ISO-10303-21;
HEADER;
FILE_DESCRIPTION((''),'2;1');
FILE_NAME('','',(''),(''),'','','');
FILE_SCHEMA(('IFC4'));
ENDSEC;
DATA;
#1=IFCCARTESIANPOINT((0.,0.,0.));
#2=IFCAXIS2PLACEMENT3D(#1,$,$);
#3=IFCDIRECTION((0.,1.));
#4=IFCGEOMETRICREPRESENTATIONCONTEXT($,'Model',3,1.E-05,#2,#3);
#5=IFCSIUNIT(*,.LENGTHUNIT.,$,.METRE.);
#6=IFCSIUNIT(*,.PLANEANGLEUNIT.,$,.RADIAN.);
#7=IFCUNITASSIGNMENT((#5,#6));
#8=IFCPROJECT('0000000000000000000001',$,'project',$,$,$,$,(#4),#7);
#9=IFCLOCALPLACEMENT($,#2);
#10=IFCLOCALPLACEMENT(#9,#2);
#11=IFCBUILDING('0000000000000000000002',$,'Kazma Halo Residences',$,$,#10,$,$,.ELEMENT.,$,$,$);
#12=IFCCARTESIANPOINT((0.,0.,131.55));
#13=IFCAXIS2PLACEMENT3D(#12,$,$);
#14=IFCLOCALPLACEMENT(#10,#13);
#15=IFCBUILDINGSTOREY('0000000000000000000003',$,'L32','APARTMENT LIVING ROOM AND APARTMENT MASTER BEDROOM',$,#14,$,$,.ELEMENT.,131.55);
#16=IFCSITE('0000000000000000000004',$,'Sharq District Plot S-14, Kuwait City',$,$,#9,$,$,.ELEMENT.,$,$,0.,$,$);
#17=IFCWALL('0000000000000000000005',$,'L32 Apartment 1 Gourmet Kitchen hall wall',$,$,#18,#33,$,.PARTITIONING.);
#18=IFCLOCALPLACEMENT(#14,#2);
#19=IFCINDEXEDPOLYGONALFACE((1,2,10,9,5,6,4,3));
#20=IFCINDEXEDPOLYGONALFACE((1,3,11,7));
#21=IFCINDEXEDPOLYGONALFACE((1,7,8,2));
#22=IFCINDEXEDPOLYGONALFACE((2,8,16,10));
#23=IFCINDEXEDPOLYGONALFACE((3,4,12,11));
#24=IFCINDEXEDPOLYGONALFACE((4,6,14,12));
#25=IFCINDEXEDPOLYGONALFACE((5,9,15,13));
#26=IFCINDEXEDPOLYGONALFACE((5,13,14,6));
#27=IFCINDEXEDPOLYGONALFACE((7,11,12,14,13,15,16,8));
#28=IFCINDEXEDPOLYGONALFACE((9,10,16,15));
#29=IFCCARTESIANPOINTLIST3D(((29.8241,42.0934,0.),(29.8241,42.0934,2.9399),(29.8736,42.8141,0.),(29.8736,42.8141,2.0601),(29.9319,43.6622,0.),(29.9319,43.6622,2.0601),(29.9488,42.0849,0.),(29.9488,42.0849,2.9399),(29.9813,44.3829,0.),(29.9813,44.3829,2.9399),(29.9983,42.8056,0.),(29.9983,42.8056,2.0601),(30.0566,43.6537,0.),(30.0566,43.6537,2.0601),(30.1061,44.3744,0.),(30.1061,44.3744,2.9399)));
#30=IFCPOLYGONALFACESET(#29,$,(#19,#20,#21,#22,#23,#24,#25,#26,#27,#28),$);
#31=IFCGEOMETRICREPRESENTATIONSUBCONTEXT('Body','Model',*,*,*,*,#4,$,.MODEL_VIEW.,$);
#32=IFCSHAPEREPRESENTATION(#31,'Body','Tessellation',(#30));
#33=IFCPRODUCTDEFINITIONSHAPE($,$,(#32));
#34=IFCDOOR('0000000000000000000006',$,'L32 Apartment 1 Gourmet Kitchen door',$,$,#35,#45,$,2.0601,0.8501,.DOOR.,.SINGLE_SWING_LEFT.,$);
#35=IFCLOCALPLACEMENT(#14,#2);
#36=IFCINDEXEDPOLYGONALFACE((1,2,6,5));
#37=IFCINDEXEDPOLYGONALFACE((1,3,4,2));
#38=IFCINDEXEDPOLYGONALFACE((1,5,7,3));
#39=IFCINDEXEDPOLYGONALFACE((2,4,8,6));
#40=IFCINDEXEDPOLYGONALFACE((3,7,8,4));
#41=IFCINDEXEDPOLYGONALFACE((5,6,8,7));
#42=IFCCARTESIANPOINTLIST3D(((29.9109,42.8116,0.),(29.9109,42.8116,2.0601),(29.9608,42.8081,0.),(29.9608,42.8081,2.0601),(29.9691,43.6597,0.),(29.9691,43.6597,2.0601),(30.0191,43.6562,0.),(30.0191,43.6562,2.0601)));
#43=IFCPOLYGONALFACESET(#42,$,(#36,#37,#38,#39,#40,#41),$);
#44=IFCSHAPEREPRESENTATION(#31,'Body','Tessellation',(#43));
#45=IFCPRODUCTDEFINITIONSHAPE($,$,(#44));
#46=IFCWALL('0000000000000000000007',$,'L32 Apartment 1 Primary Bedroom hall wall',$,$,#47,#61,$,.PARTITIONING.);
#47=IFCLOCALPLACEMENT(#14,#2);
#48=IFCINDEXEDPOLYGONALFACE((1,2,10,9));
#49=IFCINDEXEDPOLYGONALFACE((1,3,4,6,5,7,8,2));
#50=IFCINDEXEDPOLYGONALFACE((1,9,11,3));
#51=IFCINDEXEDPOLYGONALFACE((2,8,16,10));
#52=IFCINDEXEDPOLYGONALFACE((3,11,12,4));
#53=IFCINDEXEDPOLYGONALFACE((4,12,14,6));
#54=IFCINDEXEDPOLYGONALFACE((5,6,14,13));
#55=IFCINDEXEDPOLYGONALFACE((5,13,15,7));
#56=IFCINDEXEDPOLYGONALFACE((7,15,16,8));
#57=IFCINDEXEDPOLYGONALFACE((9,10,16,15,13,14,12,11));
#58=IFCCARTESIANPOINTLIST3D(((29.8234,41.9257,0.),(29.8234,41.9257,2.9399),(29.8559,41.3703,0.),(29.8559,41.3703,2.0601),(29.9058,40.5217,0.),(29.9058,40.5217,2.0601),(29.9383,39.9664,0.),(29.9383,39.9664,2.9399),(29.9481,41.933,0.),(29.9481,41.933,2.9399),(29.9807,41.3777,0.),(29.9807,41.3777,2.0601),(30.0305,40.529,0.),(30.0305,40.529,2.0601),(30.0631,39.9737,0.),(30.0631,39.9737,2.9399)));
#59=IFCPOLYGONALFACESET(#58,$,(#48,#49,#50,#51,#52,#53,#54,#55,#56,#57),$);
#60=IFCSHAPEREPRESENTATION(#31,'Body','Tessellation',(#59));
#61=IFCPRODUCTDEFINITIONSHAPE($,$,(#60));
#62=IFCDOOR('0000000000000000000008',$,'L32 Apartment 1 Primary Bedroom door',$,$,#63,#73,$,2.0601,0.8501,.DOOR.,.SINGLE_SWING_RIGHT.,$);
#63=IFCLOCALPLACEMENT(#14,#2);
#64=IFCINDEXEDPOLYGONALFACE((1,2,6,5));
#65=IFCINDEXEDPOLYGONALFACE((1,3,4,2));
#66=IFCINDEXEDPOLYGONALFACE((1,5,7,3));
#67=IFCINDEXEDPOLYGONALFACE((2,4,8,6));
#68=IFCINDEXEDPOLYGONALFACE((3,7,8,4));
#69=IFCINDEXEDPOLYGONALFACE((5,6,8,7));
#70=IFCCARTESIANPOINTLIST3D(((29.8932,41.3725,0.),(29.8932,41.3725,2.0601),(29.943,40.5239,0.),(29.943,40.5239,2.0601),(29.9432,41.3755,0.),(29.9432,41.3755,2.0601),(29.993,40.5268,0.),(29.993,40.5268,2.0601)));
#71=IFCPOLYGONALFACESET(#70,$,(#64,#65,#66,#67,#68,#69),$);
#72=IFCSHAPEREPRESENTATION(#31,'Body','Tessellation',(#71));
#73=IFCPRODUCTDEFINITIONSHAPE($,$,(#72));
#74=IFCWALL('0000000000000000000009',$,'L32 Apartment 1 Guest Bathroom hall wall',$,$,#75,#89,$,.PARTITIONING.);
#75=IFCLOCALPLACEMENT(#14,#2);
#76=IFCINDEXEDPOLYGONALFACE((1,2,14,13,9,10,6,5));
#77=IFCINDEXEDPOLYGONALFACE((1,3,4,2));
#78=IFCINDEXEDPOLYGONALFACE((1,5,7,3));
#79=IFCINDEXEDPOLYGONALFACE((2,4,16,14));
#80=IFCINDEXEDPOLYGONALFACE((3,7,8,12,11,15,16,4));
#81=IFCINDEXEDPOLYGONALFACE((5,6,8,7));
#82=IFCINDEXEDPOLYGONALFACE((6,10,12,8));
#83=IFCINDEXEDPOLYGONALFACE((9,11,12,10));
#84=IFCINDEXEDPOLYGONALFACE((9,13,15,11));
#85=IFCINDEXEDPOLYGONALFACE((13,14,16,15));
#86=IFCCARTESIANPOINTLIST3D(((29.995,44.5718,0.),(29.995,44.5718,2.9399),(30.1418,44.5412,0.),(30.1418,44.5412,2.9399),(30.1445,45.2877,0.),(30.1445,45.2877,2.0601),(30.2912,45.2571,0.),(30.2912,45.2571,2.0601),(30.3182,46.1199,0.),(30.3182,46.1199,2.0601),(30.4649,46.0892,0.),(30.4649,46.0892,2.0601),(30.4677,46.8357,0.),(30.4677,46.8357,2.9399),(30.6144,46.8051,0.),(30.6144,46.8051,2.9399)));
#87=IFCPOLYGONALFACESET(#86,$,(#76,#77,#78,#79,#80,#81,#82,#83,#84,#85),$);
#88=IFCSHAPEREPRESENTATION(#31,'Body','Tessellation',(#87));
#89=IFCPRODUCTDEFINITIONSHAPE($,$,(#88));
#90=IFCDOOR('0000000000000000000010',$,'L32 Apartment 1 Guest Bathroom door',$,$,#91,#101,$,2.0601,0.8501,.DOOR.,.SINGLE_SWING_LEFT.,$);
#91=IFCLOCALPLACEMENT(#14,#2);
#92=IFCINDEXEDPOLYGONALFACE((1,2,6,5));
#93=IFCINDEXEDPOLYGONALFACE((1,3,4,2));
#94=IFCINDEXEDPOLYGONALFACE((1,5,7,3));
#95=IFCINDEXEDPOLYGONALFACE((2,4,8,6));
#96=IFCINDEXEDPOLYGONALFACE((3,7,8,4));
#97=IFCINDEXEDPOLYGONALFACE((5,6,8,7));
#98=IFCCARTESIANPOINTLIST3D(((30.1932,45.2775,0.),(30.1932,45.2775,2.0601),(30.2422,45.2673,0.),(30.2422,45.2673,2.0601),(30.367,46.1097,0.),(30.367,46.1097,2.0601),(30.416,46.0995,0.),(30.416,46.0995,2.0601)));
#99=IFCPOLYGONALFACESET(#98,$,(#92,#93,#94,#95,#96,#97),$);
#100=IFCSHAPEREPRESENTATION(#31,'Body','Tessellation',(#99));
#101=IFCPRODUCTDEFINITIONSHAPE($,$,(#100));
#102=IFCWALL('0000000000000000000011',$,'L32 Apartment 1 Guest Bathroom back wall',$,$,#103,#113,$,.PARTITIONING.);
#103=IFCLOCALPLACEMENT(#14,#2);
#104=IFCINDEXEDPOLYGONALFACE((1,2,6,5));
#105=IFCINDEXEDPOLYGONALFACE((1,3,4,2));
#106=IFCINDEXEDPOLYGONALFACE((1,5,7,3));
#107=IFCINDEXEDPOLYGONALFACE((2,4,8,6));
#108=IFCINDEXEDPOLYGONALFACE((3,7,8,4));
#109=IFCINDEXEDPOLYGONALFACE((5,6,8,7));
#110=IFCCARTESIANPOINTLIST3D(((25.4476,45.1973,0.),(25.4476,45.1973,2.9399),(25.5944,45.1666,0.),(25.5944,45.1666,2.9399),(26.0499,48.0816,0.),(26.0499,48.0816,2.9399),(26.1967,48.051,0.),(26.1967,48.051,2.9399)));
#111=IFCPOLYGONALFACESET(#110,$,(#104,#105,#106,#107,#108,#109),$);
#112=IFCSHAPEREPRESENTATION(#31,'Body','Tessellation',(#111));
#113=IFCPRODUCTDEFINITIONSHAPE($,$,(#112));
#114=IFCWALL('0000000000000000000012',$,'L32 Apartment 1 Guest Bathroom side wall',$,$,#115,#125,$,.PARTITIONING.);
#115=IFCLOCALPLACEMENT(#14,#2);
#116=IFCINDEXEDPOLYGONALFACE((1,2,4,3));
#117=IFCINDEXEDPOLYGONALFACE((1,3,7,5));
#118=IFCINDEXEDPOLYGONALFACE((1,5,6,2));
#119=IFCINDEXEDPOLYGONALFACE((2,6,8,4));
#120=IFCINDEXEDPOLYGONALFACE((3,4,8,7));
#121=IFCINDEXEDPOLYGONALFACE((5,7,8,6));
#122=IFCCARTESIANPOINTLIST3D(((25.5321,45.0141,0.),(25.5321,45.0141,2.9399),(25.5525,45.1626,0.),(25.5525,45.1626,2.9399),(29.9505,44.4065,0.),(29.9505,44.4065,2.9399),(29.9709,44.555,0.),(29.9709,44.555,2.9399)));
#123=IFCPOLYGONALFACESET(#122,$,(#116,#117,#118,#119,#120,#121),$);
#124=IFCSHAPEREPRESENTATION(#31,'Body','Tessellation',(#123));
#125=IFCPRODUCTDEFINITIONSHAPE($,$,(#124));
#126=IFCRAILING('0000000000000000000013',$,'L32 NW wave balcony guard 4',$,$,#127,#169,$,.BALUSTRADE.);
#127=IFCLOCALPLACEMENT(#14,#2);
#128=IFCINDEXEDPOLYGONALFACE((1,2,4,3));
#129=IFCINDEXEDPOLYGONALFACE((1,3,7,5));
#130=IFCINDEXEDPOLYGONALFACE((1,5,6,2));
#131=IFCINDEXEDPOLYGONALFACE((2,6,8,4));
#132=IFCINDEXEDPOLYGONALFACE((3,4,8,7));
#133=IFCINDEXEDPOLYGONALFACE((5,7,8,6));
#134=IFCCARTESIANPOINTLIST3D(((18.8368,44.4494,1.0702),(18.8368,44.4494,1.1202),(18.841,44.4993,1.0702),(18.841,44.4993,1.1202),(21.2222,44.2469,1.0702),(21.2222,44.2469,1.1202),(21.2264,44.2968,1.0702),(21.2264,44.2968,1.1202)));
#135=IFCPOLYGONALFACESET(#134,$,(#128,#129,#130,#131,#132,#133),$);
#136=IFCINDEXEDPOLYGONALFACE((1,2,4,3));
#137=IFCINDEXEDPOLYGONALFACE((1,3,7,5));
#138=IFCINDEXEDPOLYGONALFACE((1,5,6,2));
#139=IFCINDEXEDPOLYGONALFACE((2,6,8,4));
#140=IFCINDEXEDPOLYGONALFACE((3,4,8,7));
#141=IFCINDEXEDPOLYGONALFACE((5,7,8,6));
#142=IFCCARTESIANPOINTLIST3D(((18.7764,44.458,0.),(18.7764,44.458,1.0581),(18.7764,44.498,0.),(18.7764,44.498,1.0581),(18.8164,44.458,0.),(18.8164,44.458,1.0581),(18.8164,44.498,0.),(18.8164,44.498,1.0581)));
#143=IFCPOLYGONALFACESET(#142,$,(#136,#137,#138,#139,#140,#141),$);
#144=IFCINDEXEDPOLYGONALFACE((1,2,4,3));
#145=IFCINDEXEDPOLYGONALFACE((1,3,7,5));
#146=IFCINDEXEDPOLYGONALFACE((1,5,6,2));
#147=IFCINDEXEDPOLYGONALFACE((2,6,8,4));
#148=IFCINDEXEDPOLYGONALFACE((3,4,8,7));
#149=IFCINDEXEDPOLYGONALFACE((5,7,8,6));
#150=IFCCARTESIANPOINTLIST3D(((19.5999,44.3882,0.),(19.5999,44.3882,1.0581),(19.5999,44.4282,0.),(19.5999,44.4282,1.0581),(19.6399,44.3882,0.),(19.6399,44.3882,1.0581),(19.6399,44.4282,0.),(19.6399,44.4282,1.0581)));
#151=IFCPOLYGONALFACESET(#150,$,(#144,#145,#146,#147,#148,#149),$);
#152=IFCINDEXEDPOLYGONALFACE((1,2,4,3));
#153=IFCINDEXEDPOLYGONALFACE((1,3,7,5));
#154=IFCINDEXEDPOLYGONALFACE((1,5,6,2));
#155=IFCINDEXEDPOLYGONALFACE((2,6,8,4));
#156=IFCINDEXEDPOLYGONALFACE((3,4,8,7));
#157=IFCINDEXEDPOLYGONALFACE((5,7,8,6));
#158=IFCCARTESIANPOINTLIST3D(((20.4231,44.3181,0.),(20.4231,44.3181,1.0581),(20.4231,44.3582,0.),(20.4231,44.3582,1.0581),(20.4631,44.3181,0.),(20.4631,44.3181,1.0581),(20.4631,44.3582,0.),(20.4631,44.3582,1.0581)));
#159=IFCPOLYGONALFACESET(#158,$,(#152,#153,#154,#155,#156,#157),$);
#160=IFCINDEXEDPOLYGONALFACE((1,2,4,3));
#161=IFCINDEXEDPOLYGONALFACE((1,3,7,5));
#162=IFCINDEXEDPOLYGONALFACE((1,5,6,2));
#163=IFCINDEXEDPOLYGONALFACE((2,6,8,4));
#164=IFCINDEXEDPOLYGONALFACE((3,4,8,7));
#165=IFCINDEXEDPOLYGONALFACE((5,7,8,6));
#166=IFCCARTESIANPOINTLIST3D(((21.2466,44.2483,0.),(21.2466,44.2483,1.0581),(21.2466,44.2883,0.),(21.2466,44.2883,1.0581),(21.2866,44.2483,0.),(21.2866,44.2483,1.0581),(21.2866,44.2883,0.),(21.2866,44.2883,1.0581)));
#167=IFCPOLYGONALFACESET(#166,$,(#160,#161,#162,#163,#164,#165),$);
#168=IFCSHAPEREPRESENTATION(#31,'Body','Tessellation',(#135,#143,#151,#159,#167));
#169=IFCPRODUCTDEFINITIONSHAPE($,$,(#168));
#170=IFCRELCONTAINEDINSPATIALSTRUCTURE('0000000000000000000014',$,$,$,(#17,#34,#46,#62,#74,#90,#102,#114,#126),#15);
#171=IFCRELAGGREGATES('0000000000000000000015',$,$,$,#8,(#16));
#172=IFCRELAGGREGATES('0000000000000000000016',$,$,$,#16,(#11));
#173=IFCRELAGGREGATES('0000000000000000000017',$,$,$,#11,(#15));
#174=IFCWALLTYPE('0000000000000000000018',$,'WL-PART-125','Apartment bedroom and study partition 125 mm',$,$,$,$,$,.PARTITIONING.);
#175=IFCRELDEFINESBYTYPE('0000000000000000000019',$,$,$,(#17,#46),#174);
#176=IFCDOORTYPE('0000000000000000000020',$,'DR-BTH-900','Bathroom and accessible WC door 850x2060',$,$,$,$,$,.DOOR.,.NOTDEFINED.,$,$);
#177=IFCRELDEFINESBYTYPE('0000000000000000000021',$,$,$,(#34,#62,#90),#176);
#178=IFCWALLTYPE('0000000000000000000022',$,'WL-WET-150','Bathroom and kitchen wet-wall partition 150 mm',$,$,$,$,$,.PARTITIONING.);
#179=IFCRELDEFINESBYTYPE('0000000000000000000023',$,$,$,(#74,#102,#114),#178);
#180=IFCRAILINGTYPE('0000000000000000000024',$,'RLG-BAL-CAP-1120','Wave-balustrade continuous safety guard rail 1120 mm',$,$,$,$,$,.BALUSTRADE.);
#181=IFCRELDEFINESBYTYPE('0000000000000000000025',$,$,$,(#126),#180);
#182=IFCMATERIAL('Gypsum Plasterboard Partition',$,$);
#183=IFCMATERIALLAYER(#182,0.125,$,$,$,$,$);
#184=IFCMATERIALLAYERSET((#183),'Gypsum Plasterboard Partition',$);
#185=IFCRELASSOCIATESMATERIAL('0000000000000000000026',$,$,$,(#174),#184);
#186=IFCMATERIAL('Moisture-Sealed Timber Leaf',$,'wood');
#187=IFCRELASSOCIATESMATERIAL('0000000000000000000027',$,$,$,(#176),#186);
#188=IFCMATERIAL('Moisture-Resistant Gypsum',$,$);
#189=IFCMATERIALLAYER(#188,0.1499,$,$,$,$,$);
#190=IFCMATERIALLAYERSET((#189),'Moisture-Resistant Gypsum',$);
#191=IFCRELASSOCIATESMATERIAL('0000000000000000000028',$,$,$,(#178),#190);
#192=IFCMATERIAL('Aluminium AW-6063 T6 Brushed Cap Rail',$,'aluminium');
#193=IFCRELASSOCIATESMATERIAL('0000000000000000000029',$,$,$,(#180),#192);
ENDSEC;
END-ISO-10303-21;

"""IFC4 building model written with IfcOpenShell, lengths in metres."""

from ifc_helpers import new_model, si_unit, direction, frame, frame_2d, origin, origin_2d, place, context, subcontext, project, spatial, rectangle, extrude, material, layer, layer_set, type_object, element, fill, save


model = new_model("IFC4")

# Units and contexts
model_context = context("Model", 3, precision=1e-05, world=origin(), true_north=direction((0.0, 1.0)))
body_context = subcontext(model_context, "Body", "Model", "MODEL_VIEW")
ifc_project = project(units=[si_unit("LENGTHUNIT", "METRE"), si_unit("PLANEANGLEUNIT", "RADIAN")], contexts=[model_context])

# Site, building, storey
site_placement = place(None, origin())
site = spatial("IfcSite", under=ifc_project, at=site_placement, Name="Sharq District Plot S-14, Kuwait City", CompositionType="ELEMENT", RefElevation=0.0)
building_placement = place(site_placement, origin())
building = spatial("IfcBuilding", under=site, at=building_placement, Name="Kazma Halo Residences", CompositionType="ELEMENT")
storey_placement = place(building_placement, frame((0.0, 0.0, 131.55)))
storey = spatial("IfcBuildingStorey", under=building, at=storey_placement, Name="L32", Description="APARTMENT LIVING ROOM AND APARTMENT MASTER BEDROOM", CompositionType="ELEMENT", Elevation=131.55)

# Shared definitions
ifc_material_1 = material(Name="Gypsum Plasterboard Partition")
ifc_layer_1 = layer(ifc_material_1, 0.125)
ifc_layer_set_1 = layer_set([ifc_layer_1], Name="Gypsum Plasterboard Partition")
wall_type_1 = type_object("IfcWallType", Name="WL-PART-125", Description="Apartment bedroom and study partition 125 mm", PredefinedType="PARTITIONING", material=ifc_layer_set_1)

# Shared definitions
ifc_material_2 = material(Name="Moisture-Sealed Timber Leaf", Category="wood")
door_type = type_object("IfcDoorType", Name="DR-BTH-900", Description="Bathroom and accessible WC door 850x2060", OperationType="NOTDEFINED", PredefinedType="DOOR", material=ifc_material_2)

# Walls, openings, doors
wall_1_placement = place(storey_placement, frame((30.0437, 44.3787, 0.0), z_axis=(0.0, 0.0, 1.0), x_axis=(-0.06851, -0.99765, 0.0)))
wall_1 = element("IfcWall", 1, at=wall_1_placement, inside=storey, type_object=wall_type_1, Name="L32 Apartment 1 Gourmet Kitchen hall wall", PredefinedType="PARTITIONING", context=body_context, shape_type="SweptSolid", body=[
    extrude(rectangle(XDim=2.2949, YDim=0.125, at=frame_2d((1.1475, 0.0))), origin(), (0.0, 0.0, 1.0), 2.9399),
])
opening_1_placement = place(wall_1_placement, frame((0.7224, 0.0, 0.0)))
opening_1 = element("IfcOpeningElement", 2, at=opening_1_placement, cuts=wall_1, PredefinedType="OPENING", context=body_context, shape_type="SweptSolid", body=[
    extrude(rectangle(XDim=0.8501, YDim=2.0601, at=frame_2d((0.425, 1.03))), frame((0.0, 0.0725, 0.0), z_axis=(0.0, -1.0, 0.0), x_axis=(1.0, 0.0, 0.0)), (0.0, 0.0, 1.0), 0.145),
])
door_1_placement = place(opening_1_placement, origin())
door_1 = element("IfcDoor", 3, at=door_1_placement, inside=storey, type_object=door_type, Name="L32 Apartment 1 Gourmet Kitchen door", OperationType="SINGLE_SWING_LEFT", OverallHeight=2.0601, OverallWidth=0.8501, PredefinedType="DOOR", context=body_context, shape_type="SweptSolid", body=[
    extrude(rectangle(XDim=0.8501, YDim=2.0601, at=frame_2d((0.425, 1.03))), frame((0.0, 0.0249, 0.0), z_axis=(0.0, -1.0, 0.0), x_axis=(1.0, 0.0, 0.0)), (0.0, 0.0, 1.0), 0.05),
])
fill(opening_1, door_1)
wall_2_placement = place(storey_placement, frame((29.8857, 41.9294, 0.0), z_axis=(0.0, 0.0, 1.0), x_axis=(0.058591, -0.998282, 0.0)))
wall_2 = element("IfcWall", 4, at=wall_2_placement, inside=storey, type_object=wall_type_1, Name="L32 Apartment 1 Primary Bedroom hall wall", PredefinedType="PARTITIONING", context=body_context, shape_type="SweptSolid", body=[
    extrude(rectangle(XDim=1.9626, YDim=0.125, at=frame_2d((0.9814, 0.0))), origin(), (0.0, 0.0, 1.0), 2.9399),
])
opening_2_placement = place(wall_2_placement, frame((0.5564, 0.0, 0.0)))
opening_2 = element("IfcOpeningElement", 5, at=opening_2_placement, cuts=wall_2, PredefinedType="OPENING", context=body_context, shape_type="SweptSolid", body=[
    extrude(rectangle(XDim=0.8501, YDim=2.0601, at=frame_2d((0.425, 1.03))), frame((0.0, 0.0725, 0.0), z_axis=(0.0, -1.0, 0.0), x_axis=(1.0, 0.0, 0.0)), (0.0, 0.0, 1.0), 0.145),
])
door_2_placement = place(opening_2_placement, origin())
door_2 = element("IfcDoor", 6, at=door_2_placement, inside=storey, type_object=door_type, Name="L32 Apartment 1 Primary Bedroom door", OperationType="SINGLE_SWING_RIGHT", OverallHeight=2.0601, OverallWidth=0.8501, PredefinedType="DOOR", context=body_context, shape_type="SweptSolid", body=[
    extrude(rectangle(XDim=0.8501, YDim=2.0601, at=frame_2d((0.425, 1.03))), frame((0.0, 0.0249, 0.0), z_axis=(0.0, -1.0, 0.0), x_axis=(1.0, 0.0, 0.0)), (0.0, 0.0, 1.0), 0.05),
])
fill(opening_2, door_2)
ifc_material_3 = material(Name="Moisture-Resistant Gypsum")
ifc_layer_2 = layer(ifc_material_3, 0.1499)
ifc_layer_set_2 = layer_set([ifc_layer_2], Name="Moisture-Resistant Gypsum")
wall_type_2 = type_object("IfcWallType", Name="WL-WET-150", Description="Bathroom and kitchen wet-wall partition 150 mm", PredefinedType="PARTITIONING", material=ifc_layer_set_2)
wall_3_placement = place(storey_placement, frame((30.541, 46.8203, 0.0), z_axis=(0.0, 0.0, 1.0), x_axis=(-0.204372, -0.978893, 0.0)))
wall_3 = element("IfcWall", 7, at=wall_3_placement, inside=storey, type_object=wall_type_2, Name="L32 Apartment 1 Guest Bathroom hall wall", PredefinedType="PARTITIONING", context=body_context, shape_type="SweptSolid", body=[
    extrude(rectangle(XDim=2.3127, YDim=0.1499, at=frame_2d((1.1562, 0.0))), origin(), (0.0, 0.0, 1.0), 2.9399),
])
opening_3_placement = place(wall_3_placement, frame((0.7312, 0.0, 0.0)))
opening_3 = element("IfcOpeningElement", 8, at=opening_3_placement, cuts=wall_3, PredefinedType="OPENING", context=body_context, shape_type="SweptSolid", body=[
    extrude(rectangle(XDim=0.8501, YDim=2.0601, at=frame_2d((0.425, 1.03))), frame((0.0, 0.085, 0.0), z_axis=(0.0, -1.0, 0.0), x_axis=(1.0, 0.0, 0.0)), (0.0, 0.0, 1.0), 0.1699),
])
door_3_placement = place(opening_3_placement, origin())
door_3 = element("IfcDoor", 9, at=door_3_placement, inside=storey, type_object=door_type, Name="L32 Apartment 1 Guest Bathroom door", OperationType="SINGLE_SWING_LEFT", OverallHeight=2.0601, OverallWidth=0.8501, PredefinedType="DOOR", context=body_context, shape_type="SweptSolid", body=[
    extrude(rectangle(XDim=0.8501, YDim=2.0601, at=frame_2d((0.425, 1.03))), frame((0.0, 0.0249, 0.0), z_axis=(0.0, -1.0, 0.0), x_axis=(1.0, 0.0, 0.0)), (0.0, 0.0, 1.0), 0.05),
])
fill(opening_3, door_3)

# Walls
wall_4_placement = place(storey_placement, frame((26.1233, 48.0662, 0.0), z_axis=(0.0, 0.0, 1.0), x_axis=(-0.204411, -0.978885, 0.0)))
element("IfcWall", 10, at=wall_4_placement, inside=storey, type_object=wall_type_2, Name="L32 Apartment 1 Guest Bathroom back wall", PredefinedType="PARTITIONING", context=body_context, shape_type="SweptSolid", body=[
    extrude(rectangle(XDim=2.9465, YDim=0.1499, at=frame_2d((1.4731, 0.0))), origin(), (0.0, 0.0, 1.0), 2.9399),
])
wall_5_placement = place(storey_placement, frame((29.9607, 44.4807, 0.0), z_axis=(0.0, 0.0, 1.0), x_axis=(-0.990675, 0.136247, 0.0)))
element("IfcWall", 11, at=wall_5_placement, inside=storey, type_object=wall_type_2, Name="L32 Apartment 1 Guest Bathroom side wall", PredefinedType="PARTITIONING", context=body_context, shape_type="SweptSolid", body=[
    extrude(rectangle(XDim=4.46, YDim=0.1499, at=frame_2d((2.23, 0.0))), origin(), (0.0, 0.0, 1.0), 2.9399),
])

# Railing
ifc_material_4 = material(Name="Aluminium AW-6063 T6 Brushed Cap Rail", Category="aluminium")
railing_type = type_object("IfcRailingType", Name="RLG-BAL-CAP-1120", Description="Wave-balustrade continuous safety guard rail 1120 mm", PredefinedType="BALUSTRADE", material=ifc_material_4)
railing_placement = place(storey_placement, frame((18.7964, 44.478, 0.0)))
element("IfcRailing", 12, at=railing_placement, inside=storey, type_object=railing_type, Name="L32 NW wave balcony guard 4", PredefinedType="BALUSTRADE", context=body_context, shape_type="SweptSolid", body=[
    extrude(rectangle(XDim=0.05, YDim=0.05, at=origin_2d()), frame((0.0425, -0.0037, 1.0952), z_axis=(0.996416, -0.084594, 0.0), x_axis=(0.084594, 0.996416, 0.0)), (0.0, 0.0, 1.0), 2.394),
    extrude(rectangle(XDim=0.04, YDim=0.04, at=origin_2d()), origin(), (0.0, 0.0, 1.0), 1.0581),
    extrude(rectangle(XDim=0.04, YDim=0.04, at=origin_2d()), frame((0.8235, -0.0698, 0.0)), (0.0, 0.0, 1.0), 1.0581),
    extrude(rectangle(XDim=0.04, YDim=0.04, at=origin_2d()), frame((1.6467, -0.1399, 0.0)), (0.0, 0.0, 1.0), 1.0581),
    extrude(rectangle(XDim=0.04, YDim=0.04, at=origin_2d()), frame((2.4702, -0.2097, 0.0)), (0.0, 0.0, 1.0), 1.0581),
])

save(model, "model.ifc")
